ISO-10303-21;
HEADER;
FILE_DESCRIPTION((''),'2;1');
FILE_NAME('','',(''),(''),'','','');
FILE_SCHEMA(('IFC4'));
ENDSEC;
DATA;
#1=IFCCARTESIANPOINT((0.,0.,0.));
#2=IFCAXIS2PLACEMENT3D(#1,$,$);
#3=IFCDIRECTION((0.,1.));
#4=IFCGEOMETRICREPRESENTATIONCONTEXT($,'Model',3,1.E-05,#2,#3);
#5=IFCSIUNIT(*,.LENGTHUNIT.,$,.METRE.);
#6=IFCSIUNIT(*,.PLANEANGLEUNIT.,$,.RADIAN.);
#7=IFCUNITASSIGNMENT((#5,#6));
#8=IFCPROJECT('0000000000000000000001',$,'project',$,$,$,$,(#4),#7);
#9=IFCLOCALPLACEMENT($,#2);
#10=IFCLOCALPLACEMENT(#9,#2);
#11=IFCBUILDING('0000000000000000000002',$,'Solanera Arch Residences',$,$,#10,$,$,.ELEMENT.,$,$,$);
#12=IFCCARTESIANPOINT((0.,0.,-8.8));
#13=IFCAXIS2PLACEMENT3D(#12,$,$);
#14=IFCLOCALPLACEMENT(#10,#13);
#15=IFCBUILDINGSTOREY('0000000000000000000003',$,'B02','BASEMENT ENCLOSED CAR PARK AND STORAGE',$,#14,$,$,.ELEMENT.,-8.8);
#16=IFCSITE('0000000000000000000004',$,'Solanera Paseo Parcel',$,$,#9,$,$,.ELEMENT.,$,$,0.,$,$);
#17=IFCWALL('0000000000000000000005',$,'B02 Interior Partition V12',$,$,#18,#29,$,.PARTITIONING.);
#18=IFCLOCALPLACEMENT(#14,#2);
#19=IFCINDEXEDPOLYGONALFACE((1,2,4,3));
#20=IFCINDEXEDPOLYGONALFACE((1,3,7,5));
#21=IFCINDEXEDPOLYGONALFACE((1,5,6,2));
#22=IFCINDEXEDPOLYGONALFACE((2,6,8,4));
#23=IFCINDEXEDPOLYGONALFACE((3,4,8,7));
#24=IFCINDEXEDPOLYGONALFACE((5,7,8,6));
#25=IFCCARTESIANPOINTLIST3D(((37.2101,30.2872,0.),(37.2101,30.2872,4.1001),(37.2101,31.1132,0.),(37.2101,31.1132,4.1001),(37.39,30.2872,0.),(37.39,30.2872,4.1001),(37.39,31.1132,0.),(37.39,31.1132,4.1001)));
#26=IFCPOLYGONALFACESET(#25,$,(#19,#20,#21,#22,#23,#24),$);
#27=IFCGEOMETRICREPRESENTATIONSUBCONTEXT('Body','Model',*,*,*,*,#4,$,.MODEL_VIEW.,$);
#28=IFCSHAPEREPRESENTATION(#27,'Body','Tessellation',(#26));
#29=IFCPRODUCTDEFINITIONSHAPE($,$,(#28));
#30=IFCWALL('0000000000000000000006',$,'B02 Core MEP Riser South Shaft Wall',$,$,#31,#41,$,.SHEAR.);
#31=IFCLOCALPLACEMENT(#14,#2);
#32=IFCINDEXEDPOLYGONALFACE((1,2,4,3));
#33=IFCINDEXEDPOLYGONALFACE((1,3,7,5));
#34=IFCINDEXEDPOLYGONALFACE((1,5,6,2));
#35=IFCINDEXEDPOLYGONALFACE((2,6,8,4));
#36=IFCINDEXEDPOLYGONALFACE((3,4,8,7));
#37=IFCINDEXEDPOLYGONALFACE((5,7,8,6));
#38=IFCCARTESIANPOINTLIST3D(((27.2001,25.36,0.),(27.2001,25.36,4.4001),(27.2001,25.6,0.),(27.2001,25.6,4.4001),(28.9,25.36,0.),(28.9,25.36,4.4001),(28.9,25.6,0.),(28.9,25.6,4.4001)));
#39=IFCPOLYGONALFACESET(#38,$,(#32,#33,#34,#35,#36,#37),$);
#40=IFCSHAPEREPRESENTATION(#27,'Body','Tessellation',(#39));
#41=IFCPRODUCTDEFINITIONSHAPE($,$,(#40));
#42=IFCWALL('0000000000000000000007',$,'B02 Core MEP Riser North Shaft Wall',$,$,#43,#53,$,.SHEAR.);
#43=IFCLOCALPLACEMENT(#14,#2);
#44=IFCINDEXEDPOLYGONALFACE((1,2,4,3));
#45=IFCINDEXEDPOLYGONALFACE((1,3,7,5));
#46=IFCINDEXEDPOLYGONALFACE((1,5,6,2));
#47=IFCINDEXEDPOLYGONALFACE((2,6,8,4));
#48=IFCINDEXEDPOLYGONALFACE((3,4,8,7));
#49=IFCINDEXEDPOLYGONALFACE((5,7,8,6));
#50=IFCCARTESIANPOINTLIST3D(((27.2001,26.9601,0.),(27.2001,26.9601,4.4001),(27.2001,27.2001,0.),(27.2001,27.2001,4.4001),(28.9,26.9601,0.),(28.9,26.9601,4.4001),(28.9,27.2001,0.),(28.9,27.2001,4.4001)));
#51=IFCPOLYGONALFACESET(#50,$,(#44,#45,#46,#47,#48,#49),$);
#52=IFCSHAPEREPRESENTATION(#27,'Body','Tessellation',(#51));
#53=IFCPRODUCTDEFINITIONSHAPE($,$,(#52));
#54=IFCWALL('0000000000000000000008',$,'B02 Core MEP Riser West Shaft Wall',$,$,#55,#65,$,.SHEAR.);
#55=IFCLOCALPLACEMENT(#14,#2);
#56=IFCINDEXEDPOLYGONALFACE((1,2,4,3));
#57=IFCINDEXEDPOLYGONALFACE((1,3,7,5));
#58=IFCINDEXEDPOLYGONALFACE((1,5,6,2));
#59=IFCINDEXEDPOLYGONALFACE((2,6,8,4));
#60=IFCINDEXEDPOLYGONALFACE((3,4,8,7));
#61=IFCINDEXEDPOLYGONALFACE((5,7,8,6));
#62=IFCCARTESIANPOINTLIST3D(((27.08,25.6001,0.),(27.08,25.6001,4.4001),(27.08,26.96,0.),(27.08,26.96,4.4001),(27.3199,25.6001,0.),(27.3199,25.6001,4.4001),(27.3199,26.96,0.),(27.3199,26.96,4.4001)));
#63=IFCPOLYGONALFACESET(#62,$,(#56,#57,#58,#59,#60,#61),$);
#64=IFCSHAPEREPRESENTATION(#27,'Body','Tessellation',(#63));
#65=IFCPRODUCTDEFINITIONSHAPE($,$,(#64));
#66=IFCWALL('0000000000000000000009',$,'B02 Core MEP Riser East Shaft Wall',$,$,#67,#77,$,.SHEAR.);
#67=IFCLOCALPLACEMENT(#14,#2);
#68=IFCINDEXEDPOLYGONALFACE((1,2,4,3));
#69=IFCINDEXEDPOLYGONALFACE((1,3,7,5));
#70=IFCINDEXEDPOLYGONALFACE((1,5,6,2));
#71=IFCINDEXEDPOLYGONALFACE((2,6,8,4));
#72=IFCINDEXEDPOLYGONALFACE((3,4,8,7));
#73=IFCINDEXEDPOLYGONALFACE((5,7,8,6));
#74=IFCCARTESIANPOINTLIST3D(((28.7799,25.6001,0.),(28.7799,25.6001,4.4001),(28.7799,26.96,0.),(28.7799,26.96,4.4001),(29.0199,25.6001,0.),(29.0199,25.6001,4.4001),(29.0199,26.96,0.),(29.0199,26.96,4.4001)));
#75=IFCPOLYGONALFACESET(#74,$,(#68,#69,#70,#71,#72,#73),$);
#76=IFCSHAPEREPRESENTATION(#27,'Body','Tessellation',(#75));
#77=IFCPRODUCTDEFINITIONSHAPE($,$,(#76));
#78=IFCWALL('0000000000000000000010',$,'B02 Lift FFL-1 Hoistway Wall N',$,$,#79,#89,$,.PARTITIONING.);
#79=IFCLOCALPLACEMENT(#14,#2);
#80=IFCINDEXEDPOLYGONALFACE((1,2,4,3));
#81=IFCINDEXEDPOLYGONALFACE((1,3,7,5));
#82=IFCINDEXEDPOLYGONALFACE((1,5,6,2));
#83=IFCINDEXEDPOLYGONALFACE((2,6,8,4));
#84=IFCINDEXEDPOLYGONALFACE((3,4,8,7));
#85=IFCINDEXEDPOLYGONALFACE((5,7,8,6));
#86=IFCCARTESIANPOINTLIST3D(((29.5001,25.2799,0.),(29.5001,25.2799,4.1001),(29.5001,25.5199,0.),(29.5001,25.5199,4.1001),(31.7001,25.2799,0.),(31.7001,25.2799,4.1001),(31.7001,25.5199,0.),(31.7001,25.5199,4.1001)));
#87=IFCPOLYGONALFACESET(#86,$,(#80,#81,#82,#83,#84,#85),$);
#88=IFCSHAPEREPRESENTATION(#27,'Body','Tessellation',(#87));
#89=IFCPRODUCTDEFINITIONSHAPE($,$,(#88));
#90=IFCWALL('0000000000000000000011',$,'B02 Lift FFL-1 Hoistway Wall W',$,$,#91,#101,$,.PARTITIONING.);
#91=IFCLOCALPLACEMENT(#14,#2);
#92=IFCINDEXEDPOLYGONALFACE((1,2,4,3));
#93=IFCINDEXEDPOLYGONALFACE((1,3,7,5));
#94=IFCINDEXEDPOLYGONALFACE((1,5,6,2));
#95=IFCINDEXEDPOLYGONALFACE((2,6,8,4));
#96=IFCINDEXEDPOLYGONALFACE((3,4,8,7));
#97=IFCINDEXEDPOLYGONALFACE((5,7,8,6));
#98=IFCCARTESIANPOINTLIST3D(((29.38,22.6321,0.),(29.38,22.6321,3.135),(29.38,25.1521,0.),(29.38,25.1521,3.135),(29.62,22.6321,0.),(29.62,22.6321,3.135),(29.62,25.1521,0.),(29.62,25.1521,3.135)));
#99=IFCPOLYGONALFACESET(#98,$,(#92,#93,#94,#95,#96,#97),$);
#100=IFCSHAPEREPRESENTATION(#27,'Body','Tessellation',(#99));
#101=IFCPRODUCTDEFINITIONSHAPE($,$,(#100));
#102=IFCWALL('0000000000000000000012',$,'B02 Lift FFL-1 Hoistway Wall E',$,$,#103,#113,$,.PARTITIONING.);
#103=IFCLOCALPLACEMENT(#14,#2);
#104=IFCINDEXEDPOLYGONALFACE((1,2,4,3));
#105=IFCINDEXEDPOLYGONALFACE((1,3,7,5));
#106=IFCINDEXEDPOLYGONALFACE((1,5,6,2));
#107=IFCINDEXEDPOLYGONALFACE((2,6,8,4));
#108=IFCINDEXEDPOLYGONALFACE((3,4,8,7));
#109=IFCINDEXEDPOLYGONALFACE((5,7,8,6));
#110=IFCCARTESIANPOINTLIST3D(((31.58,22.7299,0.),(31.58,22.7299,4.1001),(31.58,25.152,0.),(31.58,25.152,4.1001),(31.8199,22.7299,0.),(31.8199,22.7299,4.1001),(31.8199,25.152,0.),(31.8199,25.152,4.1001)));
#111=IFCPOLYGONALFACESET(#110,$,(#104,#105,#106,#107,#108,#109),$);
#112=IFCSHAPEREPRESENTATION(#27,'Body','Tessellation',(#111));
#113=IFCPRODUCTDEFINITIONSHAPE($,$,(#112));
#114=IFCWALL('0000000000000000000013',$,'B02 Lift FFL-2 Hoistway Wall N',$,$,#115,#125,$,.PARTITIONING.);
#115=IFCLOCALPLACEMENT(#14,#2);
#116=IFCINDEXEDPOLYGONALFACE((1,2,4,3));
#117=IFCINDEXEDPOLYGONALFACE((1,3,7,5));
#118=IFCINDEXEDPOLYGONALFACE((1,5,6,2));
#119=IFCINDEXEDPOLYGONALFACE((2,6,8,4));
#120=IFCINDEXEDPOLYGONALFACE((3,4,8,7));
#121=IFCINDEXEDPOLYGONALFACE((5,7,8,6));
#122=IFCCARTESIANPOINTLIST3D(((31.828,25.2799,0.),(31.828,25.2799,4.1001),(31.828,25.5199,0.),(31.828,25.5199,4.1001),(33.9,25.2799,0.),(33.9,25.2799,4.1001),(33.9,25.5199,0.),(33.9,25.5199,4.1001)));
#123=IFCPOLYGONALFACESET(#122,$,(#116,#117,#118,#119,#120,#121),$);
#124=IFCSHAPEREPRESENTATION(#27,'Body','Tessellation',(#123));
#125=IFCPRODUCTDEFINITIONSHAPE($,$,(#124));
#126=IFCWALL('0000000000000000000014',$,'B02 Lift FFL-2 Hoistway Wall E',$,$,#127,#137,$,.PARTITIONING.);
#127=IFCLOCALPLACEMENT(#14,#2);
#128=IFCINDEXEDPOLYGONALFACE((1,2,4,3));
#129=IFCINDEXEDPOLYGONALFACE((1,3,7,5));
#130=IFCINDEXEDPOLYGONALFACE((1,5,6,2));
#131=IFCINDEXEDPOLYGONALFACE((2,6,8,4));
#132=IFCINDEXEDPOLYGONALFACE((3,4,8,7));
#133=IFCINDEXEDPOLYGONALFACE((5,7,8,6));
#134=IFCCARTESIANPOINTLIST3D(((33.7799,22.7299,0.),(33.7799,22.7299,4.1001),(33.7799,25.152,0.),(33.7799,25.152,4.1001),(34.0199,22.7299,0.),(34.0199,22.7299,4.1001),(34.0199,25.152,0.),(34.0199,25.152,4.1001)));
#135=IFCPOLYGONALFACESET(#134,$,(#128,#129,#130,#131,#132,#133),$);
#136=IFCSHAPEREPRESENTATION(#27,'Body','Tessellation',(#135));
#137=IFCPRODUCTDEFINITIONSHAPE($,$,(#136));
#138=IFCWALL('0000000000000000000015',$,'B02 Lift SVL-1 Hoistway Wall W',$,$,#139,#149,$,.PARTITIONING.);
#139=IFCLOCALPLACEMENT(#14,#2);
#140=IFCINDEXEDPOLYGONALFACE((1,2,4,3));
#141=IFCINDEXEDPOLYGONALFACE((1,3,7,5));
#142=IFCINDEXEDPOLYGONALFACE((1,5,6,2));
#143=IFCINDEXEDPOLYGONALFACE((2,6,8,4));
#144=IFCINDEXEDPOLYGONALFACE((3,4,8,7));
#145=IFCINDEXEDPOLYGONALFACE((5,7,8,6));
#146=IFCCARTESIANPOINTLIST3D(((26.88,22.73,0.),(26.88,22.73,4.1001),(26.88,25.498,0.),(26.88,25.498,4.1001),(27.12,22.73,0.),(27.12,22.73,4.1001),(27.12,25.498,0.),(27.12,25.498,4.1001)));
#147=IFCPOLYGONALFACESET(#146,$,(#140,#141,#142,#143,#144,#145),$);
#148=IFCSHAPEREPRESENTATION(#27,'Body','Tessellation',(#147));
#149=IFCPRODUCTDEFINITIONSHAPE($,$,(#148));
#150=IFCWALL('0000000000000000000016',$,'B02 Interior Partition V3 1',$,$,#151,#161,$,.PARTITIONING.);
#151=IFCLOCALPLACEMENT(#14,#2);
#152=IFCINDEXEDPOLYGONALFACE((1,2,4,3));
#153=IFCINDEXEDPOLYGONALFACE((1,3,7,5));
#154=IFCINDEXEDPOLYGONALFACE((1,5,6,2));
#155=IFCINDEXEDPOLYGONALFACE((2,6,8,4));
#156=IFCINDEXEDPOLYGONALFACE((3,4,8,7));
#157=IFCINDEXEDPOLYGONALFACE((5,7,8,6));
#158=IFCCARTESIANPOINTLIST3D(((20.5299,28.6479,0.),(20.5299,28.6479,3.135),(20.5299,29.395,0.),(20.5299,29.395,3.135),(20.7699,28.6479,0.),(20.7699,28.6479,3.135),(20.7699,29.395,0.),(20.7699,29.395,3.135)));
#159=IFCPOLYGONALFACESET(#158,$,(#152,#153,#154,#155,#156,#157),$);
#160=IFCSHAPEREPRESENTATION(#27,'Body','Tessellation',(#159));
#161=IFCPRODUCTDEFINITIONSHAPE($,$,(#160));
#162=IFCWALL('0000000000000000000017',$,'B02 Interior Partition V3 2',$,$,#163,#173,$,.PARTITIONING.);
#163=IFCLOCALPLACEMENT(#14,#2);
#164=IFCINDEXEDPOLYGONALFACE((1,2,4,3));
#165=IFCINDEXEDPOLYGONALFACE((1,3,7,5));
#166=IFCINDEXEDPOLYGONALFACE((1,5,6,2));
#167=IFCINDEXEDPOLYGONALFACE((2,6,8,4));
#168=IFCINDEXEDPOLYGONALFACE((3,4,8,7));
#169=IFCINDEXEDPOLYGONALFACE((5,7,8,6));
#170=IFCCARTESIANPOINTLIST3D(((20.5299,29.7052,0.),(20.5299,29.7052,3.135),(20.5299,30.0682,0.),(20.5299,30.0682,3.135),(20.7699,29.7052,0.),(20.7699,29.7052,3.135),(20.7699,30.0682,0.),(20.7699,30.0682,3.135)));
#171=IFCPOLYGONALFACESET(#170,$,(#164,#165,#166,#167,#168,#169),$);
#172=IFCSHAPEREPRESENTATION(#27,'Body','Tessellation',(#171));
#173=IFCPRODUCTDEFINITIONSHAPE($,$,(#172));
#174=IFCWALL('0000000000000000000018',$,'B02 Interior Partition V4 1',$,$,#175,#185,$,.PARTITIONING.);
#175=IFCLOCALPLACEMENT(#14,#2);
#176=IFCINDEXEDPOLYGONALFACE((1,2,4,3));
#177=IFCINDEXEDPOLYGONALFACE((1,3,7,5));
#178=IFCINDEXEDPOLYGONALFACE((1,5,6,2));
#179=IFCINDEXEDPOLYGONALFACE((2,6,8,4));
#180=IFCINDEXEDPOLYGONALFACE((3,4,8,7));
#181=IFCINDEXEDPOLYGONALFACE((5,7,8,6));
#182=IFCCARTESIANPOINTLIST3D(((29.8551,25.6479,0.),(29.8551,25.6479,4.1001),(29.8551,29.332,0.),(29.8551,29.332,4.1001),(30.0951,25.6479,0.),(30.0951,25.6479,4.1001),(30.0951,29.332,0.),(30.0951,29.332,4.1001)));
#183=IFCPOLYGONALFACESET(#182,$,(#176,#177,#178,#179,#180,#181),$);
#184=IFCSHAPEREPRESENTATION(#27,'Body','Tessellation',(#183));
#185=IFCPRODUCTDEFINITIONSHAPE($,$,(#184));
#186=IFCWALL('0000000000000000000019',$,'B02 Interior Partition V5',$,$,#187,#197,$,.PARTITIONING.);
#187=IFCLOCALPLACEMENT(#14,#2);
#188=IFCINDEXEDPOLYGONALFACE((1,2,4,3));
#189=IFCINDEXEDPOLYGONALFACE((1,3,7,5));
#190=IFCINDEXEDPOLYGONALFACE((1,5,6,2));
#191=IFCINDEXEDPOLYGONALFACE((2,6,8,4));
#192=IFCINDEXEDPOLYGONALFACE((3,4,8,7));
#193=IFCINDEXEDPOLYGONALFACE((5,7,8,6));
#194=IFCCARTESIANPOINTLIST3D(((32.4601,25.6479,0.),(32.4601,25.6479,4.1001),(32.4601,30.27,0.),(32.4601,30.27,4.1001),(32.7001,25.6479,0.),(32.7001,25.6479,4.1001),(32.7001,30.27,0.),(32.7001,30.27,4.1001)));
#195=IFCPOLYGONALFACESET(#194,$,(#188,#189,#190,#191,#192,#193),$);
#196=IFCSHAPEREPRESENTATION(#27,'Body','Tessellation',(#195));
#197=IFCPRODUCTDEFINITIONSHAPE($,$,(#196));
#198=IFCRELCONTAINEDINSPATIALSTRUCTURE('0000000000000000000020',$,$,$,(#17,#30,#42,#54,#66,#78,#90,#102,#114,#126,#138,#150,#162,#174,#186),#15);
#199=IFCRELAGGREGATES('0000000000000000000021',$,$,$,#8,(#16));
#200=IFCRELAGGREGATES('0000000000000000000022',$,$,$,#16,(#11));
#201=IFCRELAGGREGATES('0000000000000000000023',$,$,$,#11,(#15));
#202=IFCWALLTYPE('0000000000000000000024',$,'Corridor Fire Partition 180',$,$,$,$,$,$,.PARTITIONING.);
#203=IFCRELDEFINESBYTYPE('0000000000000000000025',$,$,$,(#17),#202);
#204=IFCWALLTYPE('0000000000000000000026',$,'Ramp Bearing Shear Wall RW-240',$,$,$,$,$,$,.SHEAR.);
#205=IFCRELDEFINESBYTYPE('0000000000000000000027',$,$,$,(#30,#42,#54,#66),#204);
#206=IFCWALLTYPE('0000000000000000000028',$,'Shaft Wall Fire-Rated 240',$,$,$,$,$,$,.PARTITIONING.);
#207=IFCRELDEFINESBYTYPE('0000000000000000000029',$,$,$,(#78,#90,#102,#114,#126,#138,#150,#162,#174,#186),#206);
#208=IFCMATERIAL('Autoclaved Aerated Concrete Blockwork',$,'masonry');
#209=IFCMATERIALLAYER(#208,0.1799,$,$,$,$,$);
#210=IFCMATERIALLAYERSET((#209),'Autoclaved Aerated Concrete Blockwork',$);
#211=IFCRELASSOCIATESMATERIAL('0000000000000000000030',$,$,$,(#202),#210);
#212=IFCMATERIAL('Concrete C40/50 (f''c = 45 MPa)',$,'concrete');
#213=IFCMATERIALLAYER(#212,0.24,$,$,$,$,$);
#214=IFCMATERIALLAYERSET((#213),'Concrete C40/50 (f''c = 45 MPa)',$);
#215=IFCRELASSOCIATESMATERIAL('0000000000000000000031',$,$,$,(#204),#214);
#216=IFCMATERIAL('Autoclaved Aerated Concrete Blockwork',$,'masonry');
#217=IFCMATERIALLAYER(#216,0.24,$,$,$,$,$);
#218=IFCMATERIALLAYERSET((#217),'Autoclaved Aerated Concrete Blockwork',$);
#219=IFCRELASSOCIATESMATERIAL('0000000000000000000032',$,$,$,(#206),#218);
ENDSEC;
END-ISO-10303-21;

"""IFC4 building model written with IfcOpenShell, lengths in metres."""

from ifc_helpers import new_model, si_unit, direction, frame, frame_2d, origin, place, context, subcontext, project, spatial, rectangle, extrude, material, layer, layer_set, type_object, element, save


model = new_model("IFC4")

# Units and contexts
model_context = context("Model", 3, precision=1e-05, world=origin(), true_north=direction((0.0, 1.0)))
body_context = subcontext(model_context, "Body", "Model", "MODEL_VIEW")
ifc_project = project(units=[si_unit("LENGTHUNIT", "METRE"), si_unit("PLANEANGLEUNIT", "RADIAN")], contexts=[model_context])

# Site, building, storey
site_placement = place(None, origin())
site = spatial("IfcSite", under=ifc_project, at=site_placement, Name="Solanera Paseo Parcel", CompositionType="ELEMENT", RefElevation=0.0)
building_placement = place(site_placement, origin())
building = spatial("IfcBuilding", under=site, at=building_placement, Name="Solanera Arch Residences", CompositionType="ELEMENT")
storey_placement = place(building_placement, frame((0.0, 0.0, -8.8)))
storey = spatial("IfcBuildingStorey", under=building, at=storey_placement, Name="B02", Description="BASEMENT ENCLOSED CAR PARK AND STORAGE", CompositionType="ELEMENT", Elevation=-8.8)

# Walls
ifc_material_1 = material(Name="Autoclaved Aerated Concrete Blockwork", Category="masonry")
ifc_layer_1 = layer(ifc_material_1, 0.1799)
ifc_layer_set_1 = layer_set([ifc_layer_1], Name="Autoclaved Aerated Concrete Blockwork")
wall_type_1 = type_object("IfcWallType", Name="Corridor Fire Partition 180", PredefinedType="PARTITIONING", material=ifc_layer_set_1)
wall_1_placement = place(storey_placement, frame((37.3, 30.2871, 0.0), z_axis=(0.0, 0.0, 1.0), x_axis=(0.0, 1.0, 0.0)))
element("IfcWall", 1, at=wall_1_placement, inside=storey, type_object=wall_type_1, Name="B02 Interior Partition V12", PredefinedType="PARTITIONING", context=body_context, shape_type="SweptSolid", body=[
    extrude(rectangle(XDim=0.8259, YDim=0.1799, at=frame_2d((0.4131, 0.0))), origin(), (0.0, 0.0, 1.0), 4.1001),
])
ifc_material_2 = material(Name="Concrete C40/50 (f'c = 45 MPa)", Category="concrete")
ifc_layer_2 = layer(ifc_material_2, 0.24)
ifc_layer_set_2 = layer_set([ifc_layer_2], Name="Concrete C40/50 (f'c = 45 MPa)")
wall_type_2 = type_object("IfcWallType", Name="Ramp Bearing Shear Wall RW-240", PredefinedType="SHEAR", material=ifc_layer_set_2)
for number, where, z_axis, x_axis, name in (
    (2, (27.2, 25.48, 0.0), (0.0, 0.0, 1.0), (1.0, 0.0, 0.0), "B02 Core MEP Riser South Shaft Wall"),
    (3, (27.2, 27.0801, 0.0), (0.0, 0.0, 1.0), (1.0, 0.0, 0.0), "B02 Core MEP Riser North Shaft Wall"),
):
    element("IfcWall", number, at=place(storey_placement, frame(where, z_axis=z_axis, x_axis=x_axis)), inside=storey, type_object=wall_type_2, Name=name, PredefinedType="SHEAR", context=body_context, shape_type="SweptSolid", body=[
        extrude(rectangle(XDim=1.7, YDim=0.24, at=frame_2d((0.8501, 0.0))), origin(), (0.0, 0.0, 1.0), 4.4001),
    ])
for number, where, z_axis, x_axis, name in (
    (4, (27.2, 25.6001, 0.0), (0.0, 0.0, 1.0), (0.0, 1.0, 0.0), "B02 Core MEP Riser West Shaft Wall"),
    (5, (28.8999, 25.6001, 0.0), (0.0, 0.0, 1.0), (0.0, 1.0, 0.0), "B02 Core MEP Riser East Shaft Wall"),
):
    element("IfcWall", number, at=place(storey_placement, frame(where, z_axis=z_axis, x_axis=x_axis)), inside=storey, type_object=wall_type_2, Name=name, PredefinedType="SHEAR", context=body_context, shape_type="SweptSolid", body=[
        extrude(rectangle(XDim=1.3599, YDim=0.24, at=frame_2d((0.6799, 0.0))), origin(), (0.0, 0.0, 1.0), 4.4001),
    ])
ifc_material_3 = material(Name="Autoclaved Aerated Concrete Blockwork", Category="masonry")
ifc_layer_3 = layer(ifc_material_3, 0.24)
ifc_layer_set_3 = layer_set([ifc_layer_3], Name="Autoclaved Aerated Concrete Blockwork")
wall_type_3 = type_object("IfcWallType", Name="Shaft Wall Fire-Rated 240", PredefinedType="PARTITIONING", material=ifc_layer_set_3)
wall_2_placement = place(storey_placement, frame((29.5, 25.3999, 0.0), z_axis=(0.0, 0.0, 1.0), x_axis=(1.0, 0.0, 0.0)))
element("IfcWall", 6, at=wall_2_placement, inside=storey, type_object=wall_type_3, Name="B02 Lift FFL-1 Hoistway Wall N", PredefinedType="PARTITIONING", context=body_context, shape_type="SweptSolid", body=[
    extrude(rectangle(XDim=2.2, YDim=0.24, at=frame_2d((1.1001, 0.0))), origin(), (0.0, 0.0, 1.0), 4.1001),
])
wall_3_placement = place(storey_placement, frame((29.5, 22.6321, 0.0), z_axis=(0.0, 0.0, 1.0), x_axis=(0.0, 1.0, 0.0)))
element("IfcWall", 7, at=wall_3_placement, inside=storey, type_object=wall_type_3, Name="B02 Lift FFL-1 Hoistway Wall W", PredefinedType="PARTITIONING", context=body_context, shape_type="SweptSolid", body=[
    extrude(rectangle(XDim=2.52, YDim=0.24, at=frame_2d((1.26, 0.0))), origin(), (0.0, 0.0, 1.0), 3.135),
])
wall_4_placement = place(storey_placement, frame((31.7, 22.73, 0.0), z_axis=(0.0, 0.0, 1.0), x_axis=(0.0, 1.0, 0.0)))
element("IfcWall", 8, at=wall_4_placement, inside=storey, type_object=wall_type_3, Name="B02 Lift FFL-1 Hoistway Wall E", PredefinedType="PARTITIONING", context=body_context, shape_type="SweptSolid", body=[
    extrude(rectangle(XDim=2.4221, YDim=0.24, at=frame_2d((1.2109, 0.0))), origin(), (0.0, 0.0, 1.0), 4.1001),
])
wall_5_placement = place(storey_placement, frame((31.8279, 25.3999, 0.0), z_axis=(0.0, 0.0, 1.0), x_axis=(1.0, 0.0, 0.0)))
element("IfcWall", 9, at=wall_5_placement, inside=storey, type_object=wall_type_3, Name="B02 Lift FFL-2 Hoistway Wall N", PredefinedType="PARTITIONING", context=body_context, shape_type="SweptSolid", body=[
    extrude(rectangle(XDim=2.072, YDim=0.24, at=frame_2d((1.0361, 0.0))), origin(), (0.0, 0.0, 1.0), 4.1001),
])
wall_6_placement = place(storey_placement, frame((33.8999, 22.73, 0.0), z_axis=(0.0, 0.0, 1.0), x_axis=(0.0, 1.0, 0.0)))
element("IfcWall", 10, at=wall_6_placement, inside=storey, type_object=wall_type_3, Name="B02 Lift FFL-2 Hoistway Wall E", PredefinedType="PARTITIONING", context=body_context, shape_type="SweptSolid", body=[
    extrude(rectangle(XDim=2.4221, YDim=0.24, at=frame_2d((1.2109, 0.0))), origin(), (0.0, 0.0, 1.0), 4.1001),
])
wall_7_placement = place(storey_placement, frame((27.0, 22.73, 0.0), z_axis=(0.0, 0.0, 1.0), x_axis=(0.0, 1.0, 0.0)))
element("IfcWall", 11, at=wall_7_placement, inside=storey, type_object=wall_type_3, Name="B02 Lift SVL-1 Hoistway Wall W", PredefinedType="PARTITIONING", context=body_context, shape_type="SweptSolid", body=[
    extrude(rectangle(XDim=2.7681, YDim=0.24, at=frame_2d((1.384, 0.0))), origin(), (0.0, 0.0, 1.0), 4.1001),
])
wall_8_placement = place(storey_placement, frame((20.6499, 28.6479, 0.0), z_axis=(0.0, 0.0, 1.0), x_axis=(0.0, 1.0, 0.0)))
element("IfcWall", 12, at=wall_8_placement, inside=storey, type_object=wall_type_3, Name="B02 Interior Partition V3 1", PredefinedType="PARTITIONING", context=body_context, shape_type="SweptSolid", body=[
    extrude(rectangle(XDim=0.7471, YDim=0.24, at=frame_2d((0.3735, 0.0))), origin(), (0.0, 0.0, 1.0), 3.135),
])
wall_9_placement = place(storey_placement, frame((20.6499, 29.7051, 0.0), z_axis=(0.0, 0.0, 1.0), x_axis=(0.0, 1.0, 0.0)))
element("IfcWall", 13, at=wall_9_placement, inside=storey, type_object=wall_type_3, Name="B02 Interior Partition V3 2", PredefinedType="PARTITIONING", context=body_context, shape_type="SweptSolid", body=[
    extrude(rectangle(XDim=0.363, YDim=0.24, at=frame_2d((0.1816, 0.0))), origin(), (0.0, 0.0, 1.0), 3.135),
])
wall_10_placement = place(storey_placement, frame((29.9751, 25.6479, 0.0), z_axis=(0.0, 0.0, 1.0), x_axis=(0.0, 1.0, 0.0)))
element("IfcWall", 14, at=wall_10_placement, inside=storey, type_object=wall_type_3, Name="B02 Interior Partition V4 1", PredefinedType="PARTITIONING", context=body_context, shape_type="SweptSolid", body=[
    extrude(rectangle(XDim=3.6841, YDim=0.24, at=frame_2d((1.842, 0.0))), origin(), (0.0, 0.0, 1.0), 4.1001),
])

# Wall
wall_11_placement = place(storey_placement, frame((32.5801, 25.6479, 0.0), z_axis=(0.0, 0.0, 1.0), x_axis=(0.0, 1.0, 0.0)))
element("IfcWall", 15, at=wall_11_placement, inside=storey, type_object=wall_type_3, Name="B02 Interior Partition V5", PredefinedType="PARTITIONING", context=body_context, shape_type="SweptSolid", body=[
    extrude(rectangle(XDim=4.6221, YDim=0.24, at=frame_2d((2.311, 0.0))), origin(), (0.0, 0.0, 1.0), 4.1001),
])

save(model, "model.ifc")
